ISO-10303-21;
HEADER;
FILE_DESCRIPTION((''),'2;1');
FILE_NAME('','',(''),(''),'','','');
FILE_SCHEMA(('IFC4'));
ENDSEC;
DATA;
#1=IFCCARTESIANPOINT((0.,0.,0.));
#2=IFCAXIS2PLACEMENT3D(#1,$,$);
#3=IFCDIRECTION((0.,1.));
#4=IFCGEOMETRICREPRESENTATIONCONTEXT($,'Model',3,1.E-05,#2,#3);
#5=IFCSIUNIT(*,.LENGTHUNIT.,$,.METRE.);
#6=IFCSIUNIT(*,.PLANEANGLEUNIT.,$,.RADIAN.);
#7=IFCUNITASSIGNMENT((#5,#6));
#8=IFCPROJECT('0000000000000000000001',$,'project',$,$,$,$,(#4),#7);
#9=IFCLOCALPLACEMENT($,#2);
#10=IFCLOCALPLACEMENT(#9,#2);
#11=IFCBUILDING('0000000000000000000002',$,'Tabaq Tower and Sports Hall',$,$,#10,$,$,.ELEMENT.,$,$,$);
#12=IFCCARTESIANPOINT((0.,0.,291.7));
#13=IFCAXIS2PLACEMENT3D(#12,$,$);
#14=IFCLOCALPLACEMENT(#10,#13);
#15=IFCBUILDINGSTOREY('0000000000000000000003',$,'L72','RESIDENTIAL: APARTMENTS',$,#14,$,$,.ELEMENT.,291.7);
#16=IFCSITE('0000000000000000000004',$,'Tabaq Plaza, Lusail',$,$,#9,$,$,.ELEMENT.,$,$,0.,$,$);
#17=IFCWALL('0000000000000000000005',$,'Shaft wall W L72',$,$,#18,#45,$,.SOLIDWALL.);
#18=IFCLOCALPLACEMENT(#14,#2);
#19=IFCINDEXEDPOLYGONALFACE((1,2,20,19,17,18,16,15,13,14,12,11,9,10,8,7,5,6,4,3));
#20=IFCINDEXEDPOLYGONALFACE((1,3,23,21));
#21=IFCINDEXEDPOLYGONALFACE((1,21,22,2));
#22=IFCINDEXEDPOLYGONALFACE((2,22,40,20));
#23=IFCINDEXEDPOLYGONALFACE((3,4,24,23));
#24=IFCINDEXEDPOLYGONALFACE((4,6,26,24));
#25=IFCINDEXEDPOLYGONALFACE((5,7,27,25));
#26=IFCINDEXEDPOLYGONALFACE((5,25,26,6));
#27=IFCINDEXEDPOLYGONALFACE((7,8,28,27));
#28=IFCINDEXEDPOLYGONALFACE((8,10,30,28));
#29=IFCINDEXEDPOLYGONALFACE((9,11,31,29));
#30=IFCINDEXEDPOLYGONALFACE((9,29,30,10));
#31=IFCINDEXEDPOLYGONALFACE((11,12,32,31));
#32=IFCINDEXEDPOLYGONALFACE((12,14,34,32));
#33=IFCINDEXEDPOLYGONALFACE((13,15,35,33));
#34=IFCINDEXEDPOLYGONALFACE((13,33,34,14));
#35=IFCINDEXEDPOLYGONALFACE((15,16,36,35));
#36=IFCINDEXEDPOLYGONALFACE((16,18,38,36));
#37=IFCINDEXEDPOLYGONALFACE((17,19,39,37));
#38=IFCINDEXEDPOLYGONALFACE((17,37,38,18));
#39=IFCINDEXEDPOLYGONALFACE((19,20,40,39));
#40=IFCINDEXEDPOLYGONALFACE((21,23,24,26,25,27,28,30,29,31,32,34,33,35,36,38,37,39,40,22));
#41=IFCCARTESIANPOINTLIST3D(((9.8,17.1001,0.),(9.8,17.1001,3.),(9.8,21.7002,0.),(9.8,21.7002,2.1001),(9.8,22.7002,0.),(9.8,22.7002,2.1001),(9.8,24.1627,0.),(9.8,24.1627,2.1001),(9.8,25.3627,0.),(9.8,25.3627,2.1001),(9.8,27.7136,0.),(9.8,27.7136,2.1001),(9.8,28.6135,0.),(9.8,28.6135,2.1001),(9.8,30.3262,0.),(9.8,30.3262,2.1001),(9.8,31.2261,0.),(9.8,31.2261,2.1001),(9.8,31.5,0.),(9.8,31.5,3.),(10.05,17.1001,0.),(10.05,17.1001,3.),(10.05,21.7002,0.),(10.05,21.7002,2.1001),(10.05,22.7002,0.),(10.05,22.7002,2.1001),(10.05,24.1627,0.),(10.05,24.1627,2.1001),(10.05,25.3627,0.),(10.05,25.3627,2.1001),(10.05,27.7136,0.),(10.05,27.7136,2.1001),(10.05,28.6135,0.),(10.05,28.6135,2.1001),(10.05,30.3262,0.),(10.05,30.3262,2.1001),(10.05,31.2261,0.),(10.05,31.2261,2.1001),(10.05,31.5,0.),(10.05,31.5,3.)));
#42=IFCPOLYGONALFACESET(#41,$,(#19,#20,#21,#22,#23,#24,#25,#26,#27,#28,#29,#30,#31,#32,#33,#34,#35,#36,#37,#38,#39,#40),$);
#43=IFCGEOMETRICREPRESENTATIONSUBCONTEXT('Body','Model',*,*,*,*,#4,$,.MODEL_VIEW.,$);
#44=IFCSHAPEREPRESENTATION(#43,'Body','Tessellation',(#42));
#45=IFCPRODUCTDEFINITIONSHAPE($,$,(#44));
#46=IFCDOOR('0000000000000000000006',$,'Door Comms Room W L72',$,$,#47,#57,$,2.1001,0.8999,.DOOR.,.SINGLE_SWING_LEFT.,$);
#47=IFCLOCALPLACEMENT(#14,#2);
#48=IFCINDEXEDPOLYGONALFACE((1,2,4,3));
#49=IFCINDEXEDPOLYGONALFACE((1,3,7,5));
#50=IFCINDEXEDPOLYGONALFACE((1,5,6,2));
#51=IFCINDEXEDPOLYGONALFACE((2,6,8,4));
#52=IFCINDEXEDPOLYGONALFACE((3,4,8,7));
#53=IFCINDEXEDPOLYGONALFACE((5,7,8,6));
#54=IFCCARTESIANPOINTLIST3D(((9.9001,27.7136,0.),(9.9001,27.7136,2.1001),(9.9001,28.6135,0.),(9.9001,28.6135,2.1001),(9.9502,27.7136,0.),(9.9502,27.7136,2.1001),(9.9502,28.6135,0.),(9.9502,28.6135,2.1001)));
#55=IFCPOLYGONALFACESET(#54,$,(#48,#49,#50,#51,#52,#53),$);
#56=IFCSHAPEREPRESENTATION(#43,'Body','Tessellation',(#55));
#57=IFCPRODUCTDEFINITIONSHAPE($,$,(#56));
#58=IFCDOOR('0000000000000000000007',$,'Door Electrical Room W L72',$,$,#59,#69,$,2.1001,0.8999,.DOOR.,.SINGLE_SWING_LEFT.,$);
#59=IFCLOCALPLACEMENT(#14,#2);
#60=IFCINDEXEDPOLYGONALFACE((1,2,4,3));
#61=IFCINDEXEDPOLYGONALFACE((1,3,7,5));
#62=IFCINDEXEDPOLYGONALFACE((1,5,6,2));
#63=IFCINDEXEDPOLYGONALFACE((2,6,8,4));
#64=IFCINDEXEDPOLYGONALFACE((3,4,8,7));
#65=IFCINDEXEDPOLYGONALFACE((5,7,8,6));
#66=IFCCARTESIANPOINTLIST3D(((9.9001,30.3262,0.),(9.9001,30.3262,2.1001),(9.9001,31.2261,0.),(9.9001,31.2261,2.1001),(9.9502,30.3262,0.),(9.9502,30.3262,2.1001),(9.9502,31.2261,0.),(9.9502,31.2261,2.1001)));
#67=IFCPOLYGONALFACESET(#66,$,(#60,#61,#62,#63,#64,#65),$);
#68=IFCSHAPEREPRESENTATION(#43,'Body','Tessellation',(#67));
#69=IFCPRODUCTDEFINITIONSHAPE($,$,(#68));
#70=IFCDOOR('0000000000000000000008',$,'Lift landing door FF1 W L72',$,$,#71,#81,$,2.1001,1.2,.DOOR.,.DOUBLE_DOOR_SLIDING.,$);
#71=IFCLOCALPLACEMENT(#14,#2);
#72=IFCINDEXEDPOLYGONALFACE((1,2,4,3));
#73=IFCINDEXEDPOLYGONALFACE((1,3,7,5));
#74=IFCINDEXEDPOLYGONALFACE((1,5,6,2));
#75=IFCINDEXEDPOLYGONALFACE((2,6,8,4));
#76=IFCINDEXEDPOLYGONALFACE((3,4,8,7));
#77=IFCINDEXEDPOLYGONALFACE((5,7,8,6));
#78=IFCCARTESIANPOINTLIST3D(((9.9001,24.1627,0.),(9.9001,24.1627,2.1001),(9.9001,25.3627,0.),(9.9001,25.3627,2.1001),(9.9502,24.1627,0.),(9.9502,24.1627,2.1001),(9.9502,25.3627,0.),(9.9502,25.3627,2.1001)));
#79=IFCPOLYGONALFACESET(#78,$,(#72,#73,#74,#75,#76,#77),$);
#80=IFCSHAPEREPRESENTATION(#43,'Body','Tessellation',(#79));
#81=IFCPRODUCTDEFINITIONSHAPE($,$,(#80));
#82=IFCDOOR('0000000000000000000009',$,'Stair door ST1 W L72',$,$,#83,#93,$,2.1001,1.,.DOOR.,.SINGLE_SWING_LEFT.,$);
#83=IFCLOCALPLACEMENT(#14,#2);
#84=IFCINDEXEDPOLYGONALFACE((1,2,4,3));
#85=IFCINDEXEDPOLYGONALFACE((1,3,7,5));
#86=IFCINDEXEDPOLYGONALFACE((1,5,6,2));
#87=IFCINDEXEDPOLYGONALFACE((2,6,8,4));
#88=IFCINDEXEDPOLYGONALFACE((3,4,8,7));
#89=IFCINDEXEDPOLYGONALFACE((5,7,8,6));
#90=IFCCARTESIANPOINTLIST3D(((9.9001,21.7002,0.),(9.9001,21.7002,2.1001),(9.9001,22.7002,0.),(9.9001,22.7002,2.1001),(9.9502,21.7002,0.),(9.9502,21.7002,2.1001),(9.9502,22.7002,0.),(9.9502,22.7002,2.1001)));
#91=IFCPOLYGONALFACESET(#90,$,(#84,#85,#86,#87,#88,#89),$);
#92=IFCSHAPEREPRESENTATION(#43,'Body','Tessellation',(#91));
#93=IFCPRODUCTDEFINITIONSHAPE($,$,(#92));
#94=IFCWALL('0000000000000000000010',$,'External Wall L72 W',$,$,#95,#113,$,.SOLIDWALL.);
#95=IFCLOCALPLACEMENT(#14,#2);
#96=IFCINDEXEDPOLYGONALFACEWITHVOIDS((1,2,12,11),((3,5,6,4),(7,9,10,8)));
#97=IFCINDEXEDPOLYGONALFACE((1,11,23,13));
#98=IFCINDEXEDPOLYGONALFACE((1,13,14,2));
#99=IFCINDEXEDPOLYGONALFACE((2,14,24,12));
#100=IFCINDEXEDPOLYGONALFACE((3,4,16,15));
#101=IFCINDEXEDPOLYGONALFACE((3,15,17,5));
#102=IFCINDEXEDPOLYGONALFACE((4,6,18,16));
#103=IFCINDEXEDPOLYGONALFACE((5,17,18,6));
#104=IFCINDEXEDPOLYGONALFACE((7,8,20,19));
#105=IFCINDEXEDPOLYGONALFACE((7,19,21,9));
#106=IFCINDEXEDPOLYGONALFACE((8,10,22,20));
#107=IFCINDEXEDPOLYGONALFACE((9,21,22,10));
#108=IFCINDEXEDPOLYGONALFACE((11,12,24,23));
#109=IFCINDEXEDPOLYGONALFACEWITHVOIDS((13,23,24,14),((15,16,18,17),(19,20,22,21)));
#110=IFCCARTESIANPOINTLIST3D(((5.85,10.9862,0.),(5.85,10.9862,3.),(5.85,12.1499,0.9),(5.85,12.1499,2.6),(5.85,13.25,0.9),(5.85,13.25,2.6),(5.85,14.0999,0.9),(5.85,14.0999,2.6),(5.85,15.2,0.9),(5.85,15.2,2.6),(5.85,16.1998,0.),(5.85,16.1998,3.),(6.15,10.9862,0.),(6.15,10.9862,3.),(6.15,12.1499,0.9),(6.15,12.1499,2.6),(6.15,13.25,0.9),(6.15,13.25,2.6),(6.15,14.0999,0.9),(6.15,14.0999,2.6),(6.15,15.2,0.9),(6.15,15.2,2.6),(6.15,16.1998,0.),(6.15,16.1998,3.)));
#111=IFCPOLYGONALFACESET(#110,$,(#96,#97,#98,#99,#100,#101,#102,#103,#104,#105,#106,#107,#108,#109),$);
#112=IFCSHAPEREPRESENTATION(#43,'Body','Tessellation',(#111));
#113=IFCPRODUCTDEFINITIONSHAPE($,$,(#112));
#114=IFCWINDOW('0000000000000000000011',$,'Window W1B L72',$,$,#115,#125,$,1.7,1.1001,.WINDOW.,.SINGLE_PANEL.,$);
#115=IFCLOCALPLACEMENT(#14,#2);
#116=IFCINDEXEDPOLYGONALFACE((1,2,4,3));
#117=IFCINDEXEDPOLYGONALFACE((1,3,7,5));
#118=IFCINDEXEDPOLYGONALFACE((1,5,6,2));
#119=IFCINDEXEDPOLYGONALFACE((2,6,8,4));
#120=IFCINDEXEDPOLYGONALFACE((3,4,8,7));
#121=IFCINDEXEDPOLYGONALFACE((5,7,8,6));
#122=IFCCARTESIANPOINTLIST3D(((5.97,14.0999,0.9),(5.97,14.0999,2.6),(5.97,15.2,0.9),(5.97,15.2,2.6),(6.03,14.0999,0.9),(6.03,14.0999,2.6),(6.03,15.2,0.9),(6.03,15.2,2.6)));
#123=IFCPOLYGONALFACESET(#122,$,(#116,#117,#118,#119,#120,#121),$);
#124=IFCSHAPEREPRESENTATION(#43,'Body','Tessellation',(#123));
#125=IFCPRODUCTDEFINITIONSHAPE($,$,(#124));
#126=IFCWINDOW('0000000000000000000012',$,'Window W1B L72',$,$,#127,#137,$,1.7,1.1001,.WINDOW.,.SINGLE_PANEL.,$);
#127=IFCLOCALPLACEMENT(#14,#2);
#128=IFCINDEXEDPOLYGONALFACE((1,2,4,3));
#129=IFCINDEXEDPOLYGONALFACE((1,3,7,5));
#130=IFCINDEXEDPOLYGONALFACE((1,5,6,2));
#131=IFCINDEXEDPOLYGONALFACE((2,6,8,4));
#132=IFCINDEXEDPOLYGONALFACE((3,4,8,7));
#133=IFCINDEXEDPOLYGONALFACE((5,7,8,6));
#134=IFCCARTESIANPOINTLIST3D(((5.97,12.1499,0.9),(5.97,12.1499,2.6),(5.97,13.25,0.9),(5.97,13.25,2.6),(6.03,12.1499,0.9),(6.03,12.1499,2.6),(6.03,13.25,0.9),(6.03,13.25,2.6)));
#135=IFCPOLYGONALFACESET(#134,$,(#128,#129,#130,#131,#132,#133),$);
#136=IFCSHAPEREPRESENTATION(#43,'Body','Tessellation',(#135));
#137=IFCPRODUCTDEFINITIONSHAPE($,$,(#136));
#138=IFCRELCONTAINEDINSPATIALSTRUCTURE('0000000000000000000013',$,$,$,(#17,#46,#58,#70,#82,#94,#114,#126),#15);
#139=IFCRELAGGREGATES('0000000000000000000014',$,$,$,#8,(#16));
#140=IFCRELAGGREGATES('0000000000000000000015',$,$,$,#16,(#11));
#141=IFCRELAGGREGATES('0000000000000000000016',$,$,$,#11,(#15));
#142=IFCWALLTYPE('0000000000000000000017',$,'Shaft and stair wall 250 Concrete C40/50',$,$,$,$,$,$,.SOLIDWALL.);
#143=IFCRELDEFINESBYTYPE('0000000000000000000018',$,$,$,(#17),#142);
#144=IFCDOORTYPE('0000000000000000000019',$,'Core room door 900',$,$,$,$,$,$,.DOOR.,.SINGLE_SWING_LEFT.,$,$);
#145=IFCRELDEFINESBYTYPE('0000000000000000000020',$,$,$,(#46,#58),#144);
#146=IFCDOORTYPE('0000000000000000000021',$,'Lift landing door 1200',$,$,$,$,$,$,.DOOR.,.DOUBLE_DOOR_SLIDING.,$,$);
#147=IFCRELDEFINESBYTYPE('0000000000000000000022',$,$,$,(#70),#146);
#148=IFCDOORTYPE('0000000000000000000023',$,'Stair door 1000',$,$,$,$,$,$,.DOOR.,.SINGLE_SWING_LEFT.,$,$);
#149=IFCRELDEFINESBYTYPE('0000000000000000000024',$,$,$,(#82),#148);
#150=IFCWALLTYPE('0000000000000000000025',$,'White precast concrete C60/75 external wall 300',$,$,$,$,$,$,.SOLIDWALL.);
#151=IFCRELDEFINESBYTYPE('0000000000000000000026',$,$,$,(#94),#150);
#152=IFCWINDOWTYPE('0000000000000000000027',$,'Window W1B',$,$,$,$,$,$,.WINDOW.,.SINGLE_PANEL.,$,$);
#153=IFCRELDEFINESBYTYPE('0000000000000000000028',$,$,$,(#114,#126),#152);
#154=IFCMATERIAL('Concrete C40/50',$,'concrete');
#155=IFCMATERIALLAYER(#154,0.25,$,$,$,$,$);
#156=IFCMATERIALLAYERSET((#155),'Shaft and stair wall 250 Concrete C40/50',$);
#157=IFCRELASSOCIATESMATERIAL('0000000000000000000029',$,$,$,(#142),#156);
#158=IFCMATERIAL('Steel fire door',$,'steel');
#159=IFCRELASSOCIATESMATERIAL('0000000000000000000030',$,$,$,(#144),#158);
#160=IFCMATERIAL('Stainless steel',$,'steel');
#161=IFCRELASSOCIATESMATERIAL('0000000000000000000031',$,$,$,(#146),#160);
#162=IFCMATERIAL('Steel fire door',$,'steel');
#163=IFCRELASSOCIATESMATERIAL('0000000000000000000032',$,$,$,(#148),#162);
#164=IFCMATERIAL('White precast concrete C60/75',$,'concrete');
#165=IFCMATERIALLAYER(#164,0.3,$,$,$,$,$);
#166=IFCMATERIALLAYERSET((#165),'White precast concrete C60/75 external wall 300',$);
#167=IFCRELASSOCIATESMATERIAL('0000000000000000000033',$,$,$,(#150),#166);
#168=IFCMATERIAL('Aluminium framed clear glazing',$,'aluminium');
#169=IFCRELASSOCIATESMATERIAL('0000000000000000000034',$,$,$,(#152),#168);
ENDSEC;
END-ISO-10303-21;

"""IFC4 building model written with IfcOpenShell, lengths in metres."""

from ifc_helpers import new_model, si_unit, direction, frame, frame_2d, origin, place, context, subcontext, project, spatial, rectangle, extrude, material, layer, layer_set, type_object, element, fill, save


model = new_model("IFC4")

# Units and contexts
model_context = context("Model", 3, precision=1e-05, world=origin(), true_north=direction((0.0, 1.0)))
body_context = subcontext(model_context, "Body", "Model", "MODEL_VIEW")
ifc_project = project(units=[si_unit("LENGTHUNIT", "METRE"), si_unit("PLANEANGLEUNIT", "RADIAN")], contexts=[model_context])

# Site, building, storey
site_placement = place(None, origin())
site = spatial("IfcSite", under=ifc_project, at=site_placement, Name="Tabaq Plaza, Lusail", CompositionType="ELEMENT", RefElevation=0.0)
building_placement = place(site_placement, origin())
building = spatial("IfcBuilding", under=site, at=building_placement, Name="Tabaq Tower and Sports Hall", CompositionType="ELEMENT")
storey_placement = place(building_placement, frame((0.0, 0.0, 291.7)))
storey = spatial("IfcBuildingStorey", under=building, at=storey_placement, Name="L72", Description="RESIDENTIAL: APARTMENTS", CompositionType="ELEMENT", Elevation=291.7)

# Wall, openings, doors
ifc_material_1 = material(Name="Concrete C40/50", Category="concrete")
ifc_layer_1 = layer(ifc_material_1, 0.25)
ifc_layer_set_1 = layer_set([ifc_layer_1], Name="Shaft and stair wall 250 Concrete C40/50")
wall_type_1 = type_object("IfcWallType", Name="Shaft and stair wall 250 Concrete C40/50", PredefinedType="SOLIDWALL", material=ifc_layer_set_1)
wall_1_placement = place(storey_placement, frame((9.925, 17.1001, 0.0), z_axis=(0.0, 0.0, 1.0), x_axis=(0.0, 1.0, 0.0)))
wall_1 = element("IfcWall", 1, at=wall_1_placement, inside=storey, type_object=wall_type_1, Name="Shaft wall W L72", PredefinedType="SOLIDWALL", context=body_context, shape_type="SweptSolid", body=[
    extrude(rectangle(XDim=14.3999, YDim=0.25, at=frame_2d((7.2, 0.0))), origin(), (0.0, 0.0, 1.0), 3.0),
])
opening_1_placement = place(wall_1_placement, frame((4.6001, 0.0, 0.0)))
opening_1 = element("IfcOpeningElement", 2, at=opening_1_placement, cuts=wall_1, PredefinedType="OPENING", context=body_context, shape_type="SweptSolid", body=[
    extrude(rectangle(XDim=1.0, YDim=2.1001, at=frame_2d((0.5, 1.05))), frame((0.0, 0.125, 0.0), z_axis=(0.0, -1.0, 0.0), x_axis=(1.0, 0.0, 0.0)), (0.0, 0.0, 1.0), 0.25),
])
opening_2_placement = place(wall_1_placement, frame((7.0625, 0.0, 0.0)))
opening_2 = element("IfcOpeningElement", 3, at=opening_2_placement, cuts=wall_1, PredefinedType="OPENING", context=body_context, shape_type="SweptSolid", body=[
    extrude(rectangle(XDim=1.2, YDim=2.1001, at=frame_2d((0.6001, 1.05))), frame((0.0, 0.125, 0.0), z_axis=(0.0, -1.0, 0.0), x_axis=(1.0, 0.0, 0.0)), (0.0, 0.0, 1.0), 0.25),
])
opening_3_placement = place(wall_1_placement, frame((10.6135, 0.0, 0.0)))
opening_3 = element("IfcOpeningElement", 4, at=opening_3_placement, cuts=wall_1, PredefinedType="OPENING", context=body_context, shape_type="SweptSolid", body=[
    extrude(rectangle(XDim=0.8999, YDim=2.1001, at=frame_2d((0.45, 1.05))), frame((0.0, 0.125, 0.0), z_axis=(0.0, -1.0, 0.0), x_axis=(1.0, 0.0, 0.0)), (0.0, 0.0, 1.0), 0.25),
])
opening_4_placement = place(wall_1_placement, frame((13.2261, 0.0, 0.0)))
opening_4 = element("IfcOpeningElement", 5, at=opening_4_placement, cuts=wall_1, PredefinedType="OPENING", context=body_context, shape_type="SweptSolid", body=[
    extrude(rectangle(XDim=0.8999, YDim=2.1001, at=frame_2d((0.45, 1.05))), frame((0.0, 0.125, 0.0), z_axis=(0.0, -1.0, 0.0), x_axis=(1.0, 0.0, 0.0)), (0.0, 0.0, 1.0), 0.25),
])
ifc_material_2 = material(Name="Steel fire door", Category="steel")
door_type_1 = type_object("IfcDoorType", Name="Core room door 900", OperationType="SINGLE_SWING_LEFT", PredefinedType="DOOR", material=ifc_material_2)
door_1_placement = place(opening_3_placement, origin())
door_1 = element("IfcDoor", 6, at=door_1_placement, inside=storey, type_object=door_type_1, Name="Door Comms Room W L72", OperationType="SINGLE_SWING_LEFT", OverallHeight=2.1001, OverallWidth=0.8999, PredefinedType="DOOR", context=body_context, shape_type="SweptSolid", body=[
    extrude(rectangle(XDim=0.8999, YDim=2.1001, at=frame_2d((0.45, 1.05))), frame((0.0, 0.0249, 0.0), z_axis=(0.0, -1.0, 0.0), x_axis=(1.0, 0.0, 0.0)), (0.0, 0.0, 1.0), 0.05),
])
fill(opening_3, door_1)
door_2_placement = place(opening_4_placement, origin())
door_2 = element("IfcDoor", 7, at=door_2_placement, inside=storey, type_object=door_type_1, Name="Door Electrical Room W L72", OperationType="SINGLE_SWING_LEFT", OverallHeight=2.1001, OverallWidth=0.8999, PredefinedType="DOOR", context=body_context, shape_type="SweptSolid", body=[
    extrude(rectangle(XDim=0.8999, YDim=2.1001, at=frame_2d((0.45, 1.05))), frame((0.0, 0.0249, 0.0), z_axis=(0.0, -1.0, 0.0), x_axis=(1.0, 0.0, 0.0)), (0.0, 0.0, 1.0), 0.05),
])
fill(opening_4, door_2)
ifc_material_3 = material(Name="Stainless steel", Category="steel")
door_type_2 = type_object("IfcDoorType", Name="Lift landing door 1200", OperationType="DOUBLE_DOOR_SLIDING", PredefinedType="DOOR", material=ifc_material_3)
door_3_placement = place(opening_2_placement, origin())
door_3 = element("IfcDoor", 8, at=door_3_placement, inside=storey, type_object=door_type_2, Name="Lift landing door FF1 W L72", OperationType="DOUBLE_DOOR_SLIDING", OverallHeight=2.1001, OverallWidth=1.2, PredefinedType="DOOR", context=body_context, shape_type="SweptSolid", body=[
    extrude(rectangle(XDim=1.2, YDim=2.1001, at=frame_2d((0.6001, 1.05))), frame((0.0, 0.0249, 0.0), z_axis=(0.0, -1.0, 0.0), x_axis=(1.0, 0.0, 0.0)), (0.0, 0.0, 1.0), 0.05),
])
fill(opening_2, door_3)
ifc_material_4 = material(Name="Steel fire door", Category="steel")
door_type_3 = type_object("IfcDoorType", Name="Stair door 1000", OperationType="SINGLE_SWING_LEFT", PredefinedType="DOOR", material=ifc_material_4)
door_4_placement = place(opening_1_placement, origin())
door_4 = element("IfcDoor", 9, at=door_4_placement, inside=storey, type_object=door_type_3, Name="Stair door ST1 W L72", OperationType="SINGLE_SWING_LEFT", OverallHeight=2.1001, OverallWidth=1.0, PredefinedType="DOOR", context=body_context, shape_type="SweptSolid", body=[
    extrude(rectangle(XDim=1.0, YDim=2.1001, at=frame_2d((0.5, 1.05))), frame((0.0, 0.0249, 0.0), z_axis=(0.0, -1.0, 0.0), x_axis=(1.0, 0.0, 0.0)), (0.0, 0.0, 1.0), 0.05),
])
fill(opening_1, door_4)

# Wall, openings, windows
ifc_material_5 = material(Name="White precast concrete C60/75", Category="concrete")
ifc_layer_2 = layer(ifc_material_5, 0.3)
ifc_layer_set_2 = layer_set([ifc_layer_2], Name="White precast concrete C60/75 external wall 300")
wall_type_2 = type_object("IfcWallType", Name="White precast concrete C60/75 external wall 300", PredefinedType="SOLIDWALL", material=ifc_layer_set_2)
wall_2_placement = place(storey_placement, frame((6.0, 16.2, 0.0), z_axis=(0.0, 0.0, 1.0), x_axis=(0.0, -1.0, 0.0)))
wall_2 = element("IfcWall", 10, at=wall_2_placement, inside=storey, type_object=wall_type_2, Name="External Wall L72 W", PredefinedType="SOLIDWALL", context=body_context, shape_type="SweptSolid", body=[
    extrude(rectangle(XDim=5.2136, YDim=0.3, at=frame_2d((2.6069, 0.0))), origin(), (0.0, 0.0, 1.0), 3.0),
])
opening_5_placement = place(wall_2_placement, frame((1.0, 0.0, 0.8999)))
opening_5 = element("IfcOpeningElement", 11, at=opening_5_placement, cuts=wall_2, PredefinedType="OPENING", context=body_context, shape_type="SweptSolid", body=[
    extrude(rectangle(XDim=1.1001, YDim=1.7, at=frame_2d((0.55, 0.8501))), frame((0.0, 0.1602, 0.0), z_axis=(0.0, -1.0, 0.0), x_axis=(1.0, 0.0, 0.0)), (0.0, 0.0, 1.0), 0.3201),
])
opening_6_placement = place(wall_2_placement, frame((2.95, 0.0, 0.8999)))
opening_6 = element("IfcOpeningElement", 12, at=opening_6_placement, cuts=wall_2, PredefinedType="OPENING", context=body_context, shape_type="SweptSolid", body=[
    extrude(rectangle(XDim=1.1001, YDim=1.7, at=frame_2d((0.55, 0.8501))), frame((0.0, 0.1602, 0.0), z_axis=(0.0, -1.0, 0.0), x_axis=(1.0, 0.0, 0.0)), (0.0, 0.0, 1.0), 0.3201),
])
ifc_material_6 = material(Name="Aluminium framed clear glazing", Category="aluminium")
window_type = type_object("IfcWindowType", Name="Window W1B", PartitioningType="SINGLE_PANEL", PredefinedType="WINDOW", material=ifc_material_6)
window_1_placement = place(opening_5_placement, origin())
window_1 = element("IfcWindow", 13, at=window_1_placement, inside=storey, type_object=window_type, Name="Window W1B L72", OverallHeight=1.7, OverallWidth=1.1001, PartitioningType="SINGLE_PANEL", PredefinedType="WINDOW", context=body_context, shape_type="SweptSolid", body=[
    extrude(rectangle(XDim=1.1001, YDim=1.7, at=frame_2d((0.55, 0.8501))), frame((0.0, 0.03, 0.0), z_axis=(0.0, -1.0, 0.0), x_axis=(1.0, 0.0, 0.0)), (0.0, 0.0, 1.0), 0.0601),
])
fill(opening_5, window_1)
window_2_placement = place(opening_6_placement, origin())
window_2 = element("IfcWindow", 14, at=window_2_placement, inside=storey, type_object=window_type, Name="Window W1B L72", OverallHeight=1.7, OverallWidth=1.1001, PartitioningType="SINGLE_PANEL", PredefinedType="WINDOW", context=body_context, shape_type="SweptSolid", body=[
    extrude(rectangle(XDim=1.1001, YDim=1.7, at=frame_2d((0.55, 0.8501))), frame((0.0, 0.03, 0.0), z_axis=(0.0, -1.0, 0.0), x_axis=(1.0, 0.0, 0.0)), (0.0, 0.0, 1.0), 0.0601),
])
fill(opening_6, window_2)

save(model, "model.ifc")
